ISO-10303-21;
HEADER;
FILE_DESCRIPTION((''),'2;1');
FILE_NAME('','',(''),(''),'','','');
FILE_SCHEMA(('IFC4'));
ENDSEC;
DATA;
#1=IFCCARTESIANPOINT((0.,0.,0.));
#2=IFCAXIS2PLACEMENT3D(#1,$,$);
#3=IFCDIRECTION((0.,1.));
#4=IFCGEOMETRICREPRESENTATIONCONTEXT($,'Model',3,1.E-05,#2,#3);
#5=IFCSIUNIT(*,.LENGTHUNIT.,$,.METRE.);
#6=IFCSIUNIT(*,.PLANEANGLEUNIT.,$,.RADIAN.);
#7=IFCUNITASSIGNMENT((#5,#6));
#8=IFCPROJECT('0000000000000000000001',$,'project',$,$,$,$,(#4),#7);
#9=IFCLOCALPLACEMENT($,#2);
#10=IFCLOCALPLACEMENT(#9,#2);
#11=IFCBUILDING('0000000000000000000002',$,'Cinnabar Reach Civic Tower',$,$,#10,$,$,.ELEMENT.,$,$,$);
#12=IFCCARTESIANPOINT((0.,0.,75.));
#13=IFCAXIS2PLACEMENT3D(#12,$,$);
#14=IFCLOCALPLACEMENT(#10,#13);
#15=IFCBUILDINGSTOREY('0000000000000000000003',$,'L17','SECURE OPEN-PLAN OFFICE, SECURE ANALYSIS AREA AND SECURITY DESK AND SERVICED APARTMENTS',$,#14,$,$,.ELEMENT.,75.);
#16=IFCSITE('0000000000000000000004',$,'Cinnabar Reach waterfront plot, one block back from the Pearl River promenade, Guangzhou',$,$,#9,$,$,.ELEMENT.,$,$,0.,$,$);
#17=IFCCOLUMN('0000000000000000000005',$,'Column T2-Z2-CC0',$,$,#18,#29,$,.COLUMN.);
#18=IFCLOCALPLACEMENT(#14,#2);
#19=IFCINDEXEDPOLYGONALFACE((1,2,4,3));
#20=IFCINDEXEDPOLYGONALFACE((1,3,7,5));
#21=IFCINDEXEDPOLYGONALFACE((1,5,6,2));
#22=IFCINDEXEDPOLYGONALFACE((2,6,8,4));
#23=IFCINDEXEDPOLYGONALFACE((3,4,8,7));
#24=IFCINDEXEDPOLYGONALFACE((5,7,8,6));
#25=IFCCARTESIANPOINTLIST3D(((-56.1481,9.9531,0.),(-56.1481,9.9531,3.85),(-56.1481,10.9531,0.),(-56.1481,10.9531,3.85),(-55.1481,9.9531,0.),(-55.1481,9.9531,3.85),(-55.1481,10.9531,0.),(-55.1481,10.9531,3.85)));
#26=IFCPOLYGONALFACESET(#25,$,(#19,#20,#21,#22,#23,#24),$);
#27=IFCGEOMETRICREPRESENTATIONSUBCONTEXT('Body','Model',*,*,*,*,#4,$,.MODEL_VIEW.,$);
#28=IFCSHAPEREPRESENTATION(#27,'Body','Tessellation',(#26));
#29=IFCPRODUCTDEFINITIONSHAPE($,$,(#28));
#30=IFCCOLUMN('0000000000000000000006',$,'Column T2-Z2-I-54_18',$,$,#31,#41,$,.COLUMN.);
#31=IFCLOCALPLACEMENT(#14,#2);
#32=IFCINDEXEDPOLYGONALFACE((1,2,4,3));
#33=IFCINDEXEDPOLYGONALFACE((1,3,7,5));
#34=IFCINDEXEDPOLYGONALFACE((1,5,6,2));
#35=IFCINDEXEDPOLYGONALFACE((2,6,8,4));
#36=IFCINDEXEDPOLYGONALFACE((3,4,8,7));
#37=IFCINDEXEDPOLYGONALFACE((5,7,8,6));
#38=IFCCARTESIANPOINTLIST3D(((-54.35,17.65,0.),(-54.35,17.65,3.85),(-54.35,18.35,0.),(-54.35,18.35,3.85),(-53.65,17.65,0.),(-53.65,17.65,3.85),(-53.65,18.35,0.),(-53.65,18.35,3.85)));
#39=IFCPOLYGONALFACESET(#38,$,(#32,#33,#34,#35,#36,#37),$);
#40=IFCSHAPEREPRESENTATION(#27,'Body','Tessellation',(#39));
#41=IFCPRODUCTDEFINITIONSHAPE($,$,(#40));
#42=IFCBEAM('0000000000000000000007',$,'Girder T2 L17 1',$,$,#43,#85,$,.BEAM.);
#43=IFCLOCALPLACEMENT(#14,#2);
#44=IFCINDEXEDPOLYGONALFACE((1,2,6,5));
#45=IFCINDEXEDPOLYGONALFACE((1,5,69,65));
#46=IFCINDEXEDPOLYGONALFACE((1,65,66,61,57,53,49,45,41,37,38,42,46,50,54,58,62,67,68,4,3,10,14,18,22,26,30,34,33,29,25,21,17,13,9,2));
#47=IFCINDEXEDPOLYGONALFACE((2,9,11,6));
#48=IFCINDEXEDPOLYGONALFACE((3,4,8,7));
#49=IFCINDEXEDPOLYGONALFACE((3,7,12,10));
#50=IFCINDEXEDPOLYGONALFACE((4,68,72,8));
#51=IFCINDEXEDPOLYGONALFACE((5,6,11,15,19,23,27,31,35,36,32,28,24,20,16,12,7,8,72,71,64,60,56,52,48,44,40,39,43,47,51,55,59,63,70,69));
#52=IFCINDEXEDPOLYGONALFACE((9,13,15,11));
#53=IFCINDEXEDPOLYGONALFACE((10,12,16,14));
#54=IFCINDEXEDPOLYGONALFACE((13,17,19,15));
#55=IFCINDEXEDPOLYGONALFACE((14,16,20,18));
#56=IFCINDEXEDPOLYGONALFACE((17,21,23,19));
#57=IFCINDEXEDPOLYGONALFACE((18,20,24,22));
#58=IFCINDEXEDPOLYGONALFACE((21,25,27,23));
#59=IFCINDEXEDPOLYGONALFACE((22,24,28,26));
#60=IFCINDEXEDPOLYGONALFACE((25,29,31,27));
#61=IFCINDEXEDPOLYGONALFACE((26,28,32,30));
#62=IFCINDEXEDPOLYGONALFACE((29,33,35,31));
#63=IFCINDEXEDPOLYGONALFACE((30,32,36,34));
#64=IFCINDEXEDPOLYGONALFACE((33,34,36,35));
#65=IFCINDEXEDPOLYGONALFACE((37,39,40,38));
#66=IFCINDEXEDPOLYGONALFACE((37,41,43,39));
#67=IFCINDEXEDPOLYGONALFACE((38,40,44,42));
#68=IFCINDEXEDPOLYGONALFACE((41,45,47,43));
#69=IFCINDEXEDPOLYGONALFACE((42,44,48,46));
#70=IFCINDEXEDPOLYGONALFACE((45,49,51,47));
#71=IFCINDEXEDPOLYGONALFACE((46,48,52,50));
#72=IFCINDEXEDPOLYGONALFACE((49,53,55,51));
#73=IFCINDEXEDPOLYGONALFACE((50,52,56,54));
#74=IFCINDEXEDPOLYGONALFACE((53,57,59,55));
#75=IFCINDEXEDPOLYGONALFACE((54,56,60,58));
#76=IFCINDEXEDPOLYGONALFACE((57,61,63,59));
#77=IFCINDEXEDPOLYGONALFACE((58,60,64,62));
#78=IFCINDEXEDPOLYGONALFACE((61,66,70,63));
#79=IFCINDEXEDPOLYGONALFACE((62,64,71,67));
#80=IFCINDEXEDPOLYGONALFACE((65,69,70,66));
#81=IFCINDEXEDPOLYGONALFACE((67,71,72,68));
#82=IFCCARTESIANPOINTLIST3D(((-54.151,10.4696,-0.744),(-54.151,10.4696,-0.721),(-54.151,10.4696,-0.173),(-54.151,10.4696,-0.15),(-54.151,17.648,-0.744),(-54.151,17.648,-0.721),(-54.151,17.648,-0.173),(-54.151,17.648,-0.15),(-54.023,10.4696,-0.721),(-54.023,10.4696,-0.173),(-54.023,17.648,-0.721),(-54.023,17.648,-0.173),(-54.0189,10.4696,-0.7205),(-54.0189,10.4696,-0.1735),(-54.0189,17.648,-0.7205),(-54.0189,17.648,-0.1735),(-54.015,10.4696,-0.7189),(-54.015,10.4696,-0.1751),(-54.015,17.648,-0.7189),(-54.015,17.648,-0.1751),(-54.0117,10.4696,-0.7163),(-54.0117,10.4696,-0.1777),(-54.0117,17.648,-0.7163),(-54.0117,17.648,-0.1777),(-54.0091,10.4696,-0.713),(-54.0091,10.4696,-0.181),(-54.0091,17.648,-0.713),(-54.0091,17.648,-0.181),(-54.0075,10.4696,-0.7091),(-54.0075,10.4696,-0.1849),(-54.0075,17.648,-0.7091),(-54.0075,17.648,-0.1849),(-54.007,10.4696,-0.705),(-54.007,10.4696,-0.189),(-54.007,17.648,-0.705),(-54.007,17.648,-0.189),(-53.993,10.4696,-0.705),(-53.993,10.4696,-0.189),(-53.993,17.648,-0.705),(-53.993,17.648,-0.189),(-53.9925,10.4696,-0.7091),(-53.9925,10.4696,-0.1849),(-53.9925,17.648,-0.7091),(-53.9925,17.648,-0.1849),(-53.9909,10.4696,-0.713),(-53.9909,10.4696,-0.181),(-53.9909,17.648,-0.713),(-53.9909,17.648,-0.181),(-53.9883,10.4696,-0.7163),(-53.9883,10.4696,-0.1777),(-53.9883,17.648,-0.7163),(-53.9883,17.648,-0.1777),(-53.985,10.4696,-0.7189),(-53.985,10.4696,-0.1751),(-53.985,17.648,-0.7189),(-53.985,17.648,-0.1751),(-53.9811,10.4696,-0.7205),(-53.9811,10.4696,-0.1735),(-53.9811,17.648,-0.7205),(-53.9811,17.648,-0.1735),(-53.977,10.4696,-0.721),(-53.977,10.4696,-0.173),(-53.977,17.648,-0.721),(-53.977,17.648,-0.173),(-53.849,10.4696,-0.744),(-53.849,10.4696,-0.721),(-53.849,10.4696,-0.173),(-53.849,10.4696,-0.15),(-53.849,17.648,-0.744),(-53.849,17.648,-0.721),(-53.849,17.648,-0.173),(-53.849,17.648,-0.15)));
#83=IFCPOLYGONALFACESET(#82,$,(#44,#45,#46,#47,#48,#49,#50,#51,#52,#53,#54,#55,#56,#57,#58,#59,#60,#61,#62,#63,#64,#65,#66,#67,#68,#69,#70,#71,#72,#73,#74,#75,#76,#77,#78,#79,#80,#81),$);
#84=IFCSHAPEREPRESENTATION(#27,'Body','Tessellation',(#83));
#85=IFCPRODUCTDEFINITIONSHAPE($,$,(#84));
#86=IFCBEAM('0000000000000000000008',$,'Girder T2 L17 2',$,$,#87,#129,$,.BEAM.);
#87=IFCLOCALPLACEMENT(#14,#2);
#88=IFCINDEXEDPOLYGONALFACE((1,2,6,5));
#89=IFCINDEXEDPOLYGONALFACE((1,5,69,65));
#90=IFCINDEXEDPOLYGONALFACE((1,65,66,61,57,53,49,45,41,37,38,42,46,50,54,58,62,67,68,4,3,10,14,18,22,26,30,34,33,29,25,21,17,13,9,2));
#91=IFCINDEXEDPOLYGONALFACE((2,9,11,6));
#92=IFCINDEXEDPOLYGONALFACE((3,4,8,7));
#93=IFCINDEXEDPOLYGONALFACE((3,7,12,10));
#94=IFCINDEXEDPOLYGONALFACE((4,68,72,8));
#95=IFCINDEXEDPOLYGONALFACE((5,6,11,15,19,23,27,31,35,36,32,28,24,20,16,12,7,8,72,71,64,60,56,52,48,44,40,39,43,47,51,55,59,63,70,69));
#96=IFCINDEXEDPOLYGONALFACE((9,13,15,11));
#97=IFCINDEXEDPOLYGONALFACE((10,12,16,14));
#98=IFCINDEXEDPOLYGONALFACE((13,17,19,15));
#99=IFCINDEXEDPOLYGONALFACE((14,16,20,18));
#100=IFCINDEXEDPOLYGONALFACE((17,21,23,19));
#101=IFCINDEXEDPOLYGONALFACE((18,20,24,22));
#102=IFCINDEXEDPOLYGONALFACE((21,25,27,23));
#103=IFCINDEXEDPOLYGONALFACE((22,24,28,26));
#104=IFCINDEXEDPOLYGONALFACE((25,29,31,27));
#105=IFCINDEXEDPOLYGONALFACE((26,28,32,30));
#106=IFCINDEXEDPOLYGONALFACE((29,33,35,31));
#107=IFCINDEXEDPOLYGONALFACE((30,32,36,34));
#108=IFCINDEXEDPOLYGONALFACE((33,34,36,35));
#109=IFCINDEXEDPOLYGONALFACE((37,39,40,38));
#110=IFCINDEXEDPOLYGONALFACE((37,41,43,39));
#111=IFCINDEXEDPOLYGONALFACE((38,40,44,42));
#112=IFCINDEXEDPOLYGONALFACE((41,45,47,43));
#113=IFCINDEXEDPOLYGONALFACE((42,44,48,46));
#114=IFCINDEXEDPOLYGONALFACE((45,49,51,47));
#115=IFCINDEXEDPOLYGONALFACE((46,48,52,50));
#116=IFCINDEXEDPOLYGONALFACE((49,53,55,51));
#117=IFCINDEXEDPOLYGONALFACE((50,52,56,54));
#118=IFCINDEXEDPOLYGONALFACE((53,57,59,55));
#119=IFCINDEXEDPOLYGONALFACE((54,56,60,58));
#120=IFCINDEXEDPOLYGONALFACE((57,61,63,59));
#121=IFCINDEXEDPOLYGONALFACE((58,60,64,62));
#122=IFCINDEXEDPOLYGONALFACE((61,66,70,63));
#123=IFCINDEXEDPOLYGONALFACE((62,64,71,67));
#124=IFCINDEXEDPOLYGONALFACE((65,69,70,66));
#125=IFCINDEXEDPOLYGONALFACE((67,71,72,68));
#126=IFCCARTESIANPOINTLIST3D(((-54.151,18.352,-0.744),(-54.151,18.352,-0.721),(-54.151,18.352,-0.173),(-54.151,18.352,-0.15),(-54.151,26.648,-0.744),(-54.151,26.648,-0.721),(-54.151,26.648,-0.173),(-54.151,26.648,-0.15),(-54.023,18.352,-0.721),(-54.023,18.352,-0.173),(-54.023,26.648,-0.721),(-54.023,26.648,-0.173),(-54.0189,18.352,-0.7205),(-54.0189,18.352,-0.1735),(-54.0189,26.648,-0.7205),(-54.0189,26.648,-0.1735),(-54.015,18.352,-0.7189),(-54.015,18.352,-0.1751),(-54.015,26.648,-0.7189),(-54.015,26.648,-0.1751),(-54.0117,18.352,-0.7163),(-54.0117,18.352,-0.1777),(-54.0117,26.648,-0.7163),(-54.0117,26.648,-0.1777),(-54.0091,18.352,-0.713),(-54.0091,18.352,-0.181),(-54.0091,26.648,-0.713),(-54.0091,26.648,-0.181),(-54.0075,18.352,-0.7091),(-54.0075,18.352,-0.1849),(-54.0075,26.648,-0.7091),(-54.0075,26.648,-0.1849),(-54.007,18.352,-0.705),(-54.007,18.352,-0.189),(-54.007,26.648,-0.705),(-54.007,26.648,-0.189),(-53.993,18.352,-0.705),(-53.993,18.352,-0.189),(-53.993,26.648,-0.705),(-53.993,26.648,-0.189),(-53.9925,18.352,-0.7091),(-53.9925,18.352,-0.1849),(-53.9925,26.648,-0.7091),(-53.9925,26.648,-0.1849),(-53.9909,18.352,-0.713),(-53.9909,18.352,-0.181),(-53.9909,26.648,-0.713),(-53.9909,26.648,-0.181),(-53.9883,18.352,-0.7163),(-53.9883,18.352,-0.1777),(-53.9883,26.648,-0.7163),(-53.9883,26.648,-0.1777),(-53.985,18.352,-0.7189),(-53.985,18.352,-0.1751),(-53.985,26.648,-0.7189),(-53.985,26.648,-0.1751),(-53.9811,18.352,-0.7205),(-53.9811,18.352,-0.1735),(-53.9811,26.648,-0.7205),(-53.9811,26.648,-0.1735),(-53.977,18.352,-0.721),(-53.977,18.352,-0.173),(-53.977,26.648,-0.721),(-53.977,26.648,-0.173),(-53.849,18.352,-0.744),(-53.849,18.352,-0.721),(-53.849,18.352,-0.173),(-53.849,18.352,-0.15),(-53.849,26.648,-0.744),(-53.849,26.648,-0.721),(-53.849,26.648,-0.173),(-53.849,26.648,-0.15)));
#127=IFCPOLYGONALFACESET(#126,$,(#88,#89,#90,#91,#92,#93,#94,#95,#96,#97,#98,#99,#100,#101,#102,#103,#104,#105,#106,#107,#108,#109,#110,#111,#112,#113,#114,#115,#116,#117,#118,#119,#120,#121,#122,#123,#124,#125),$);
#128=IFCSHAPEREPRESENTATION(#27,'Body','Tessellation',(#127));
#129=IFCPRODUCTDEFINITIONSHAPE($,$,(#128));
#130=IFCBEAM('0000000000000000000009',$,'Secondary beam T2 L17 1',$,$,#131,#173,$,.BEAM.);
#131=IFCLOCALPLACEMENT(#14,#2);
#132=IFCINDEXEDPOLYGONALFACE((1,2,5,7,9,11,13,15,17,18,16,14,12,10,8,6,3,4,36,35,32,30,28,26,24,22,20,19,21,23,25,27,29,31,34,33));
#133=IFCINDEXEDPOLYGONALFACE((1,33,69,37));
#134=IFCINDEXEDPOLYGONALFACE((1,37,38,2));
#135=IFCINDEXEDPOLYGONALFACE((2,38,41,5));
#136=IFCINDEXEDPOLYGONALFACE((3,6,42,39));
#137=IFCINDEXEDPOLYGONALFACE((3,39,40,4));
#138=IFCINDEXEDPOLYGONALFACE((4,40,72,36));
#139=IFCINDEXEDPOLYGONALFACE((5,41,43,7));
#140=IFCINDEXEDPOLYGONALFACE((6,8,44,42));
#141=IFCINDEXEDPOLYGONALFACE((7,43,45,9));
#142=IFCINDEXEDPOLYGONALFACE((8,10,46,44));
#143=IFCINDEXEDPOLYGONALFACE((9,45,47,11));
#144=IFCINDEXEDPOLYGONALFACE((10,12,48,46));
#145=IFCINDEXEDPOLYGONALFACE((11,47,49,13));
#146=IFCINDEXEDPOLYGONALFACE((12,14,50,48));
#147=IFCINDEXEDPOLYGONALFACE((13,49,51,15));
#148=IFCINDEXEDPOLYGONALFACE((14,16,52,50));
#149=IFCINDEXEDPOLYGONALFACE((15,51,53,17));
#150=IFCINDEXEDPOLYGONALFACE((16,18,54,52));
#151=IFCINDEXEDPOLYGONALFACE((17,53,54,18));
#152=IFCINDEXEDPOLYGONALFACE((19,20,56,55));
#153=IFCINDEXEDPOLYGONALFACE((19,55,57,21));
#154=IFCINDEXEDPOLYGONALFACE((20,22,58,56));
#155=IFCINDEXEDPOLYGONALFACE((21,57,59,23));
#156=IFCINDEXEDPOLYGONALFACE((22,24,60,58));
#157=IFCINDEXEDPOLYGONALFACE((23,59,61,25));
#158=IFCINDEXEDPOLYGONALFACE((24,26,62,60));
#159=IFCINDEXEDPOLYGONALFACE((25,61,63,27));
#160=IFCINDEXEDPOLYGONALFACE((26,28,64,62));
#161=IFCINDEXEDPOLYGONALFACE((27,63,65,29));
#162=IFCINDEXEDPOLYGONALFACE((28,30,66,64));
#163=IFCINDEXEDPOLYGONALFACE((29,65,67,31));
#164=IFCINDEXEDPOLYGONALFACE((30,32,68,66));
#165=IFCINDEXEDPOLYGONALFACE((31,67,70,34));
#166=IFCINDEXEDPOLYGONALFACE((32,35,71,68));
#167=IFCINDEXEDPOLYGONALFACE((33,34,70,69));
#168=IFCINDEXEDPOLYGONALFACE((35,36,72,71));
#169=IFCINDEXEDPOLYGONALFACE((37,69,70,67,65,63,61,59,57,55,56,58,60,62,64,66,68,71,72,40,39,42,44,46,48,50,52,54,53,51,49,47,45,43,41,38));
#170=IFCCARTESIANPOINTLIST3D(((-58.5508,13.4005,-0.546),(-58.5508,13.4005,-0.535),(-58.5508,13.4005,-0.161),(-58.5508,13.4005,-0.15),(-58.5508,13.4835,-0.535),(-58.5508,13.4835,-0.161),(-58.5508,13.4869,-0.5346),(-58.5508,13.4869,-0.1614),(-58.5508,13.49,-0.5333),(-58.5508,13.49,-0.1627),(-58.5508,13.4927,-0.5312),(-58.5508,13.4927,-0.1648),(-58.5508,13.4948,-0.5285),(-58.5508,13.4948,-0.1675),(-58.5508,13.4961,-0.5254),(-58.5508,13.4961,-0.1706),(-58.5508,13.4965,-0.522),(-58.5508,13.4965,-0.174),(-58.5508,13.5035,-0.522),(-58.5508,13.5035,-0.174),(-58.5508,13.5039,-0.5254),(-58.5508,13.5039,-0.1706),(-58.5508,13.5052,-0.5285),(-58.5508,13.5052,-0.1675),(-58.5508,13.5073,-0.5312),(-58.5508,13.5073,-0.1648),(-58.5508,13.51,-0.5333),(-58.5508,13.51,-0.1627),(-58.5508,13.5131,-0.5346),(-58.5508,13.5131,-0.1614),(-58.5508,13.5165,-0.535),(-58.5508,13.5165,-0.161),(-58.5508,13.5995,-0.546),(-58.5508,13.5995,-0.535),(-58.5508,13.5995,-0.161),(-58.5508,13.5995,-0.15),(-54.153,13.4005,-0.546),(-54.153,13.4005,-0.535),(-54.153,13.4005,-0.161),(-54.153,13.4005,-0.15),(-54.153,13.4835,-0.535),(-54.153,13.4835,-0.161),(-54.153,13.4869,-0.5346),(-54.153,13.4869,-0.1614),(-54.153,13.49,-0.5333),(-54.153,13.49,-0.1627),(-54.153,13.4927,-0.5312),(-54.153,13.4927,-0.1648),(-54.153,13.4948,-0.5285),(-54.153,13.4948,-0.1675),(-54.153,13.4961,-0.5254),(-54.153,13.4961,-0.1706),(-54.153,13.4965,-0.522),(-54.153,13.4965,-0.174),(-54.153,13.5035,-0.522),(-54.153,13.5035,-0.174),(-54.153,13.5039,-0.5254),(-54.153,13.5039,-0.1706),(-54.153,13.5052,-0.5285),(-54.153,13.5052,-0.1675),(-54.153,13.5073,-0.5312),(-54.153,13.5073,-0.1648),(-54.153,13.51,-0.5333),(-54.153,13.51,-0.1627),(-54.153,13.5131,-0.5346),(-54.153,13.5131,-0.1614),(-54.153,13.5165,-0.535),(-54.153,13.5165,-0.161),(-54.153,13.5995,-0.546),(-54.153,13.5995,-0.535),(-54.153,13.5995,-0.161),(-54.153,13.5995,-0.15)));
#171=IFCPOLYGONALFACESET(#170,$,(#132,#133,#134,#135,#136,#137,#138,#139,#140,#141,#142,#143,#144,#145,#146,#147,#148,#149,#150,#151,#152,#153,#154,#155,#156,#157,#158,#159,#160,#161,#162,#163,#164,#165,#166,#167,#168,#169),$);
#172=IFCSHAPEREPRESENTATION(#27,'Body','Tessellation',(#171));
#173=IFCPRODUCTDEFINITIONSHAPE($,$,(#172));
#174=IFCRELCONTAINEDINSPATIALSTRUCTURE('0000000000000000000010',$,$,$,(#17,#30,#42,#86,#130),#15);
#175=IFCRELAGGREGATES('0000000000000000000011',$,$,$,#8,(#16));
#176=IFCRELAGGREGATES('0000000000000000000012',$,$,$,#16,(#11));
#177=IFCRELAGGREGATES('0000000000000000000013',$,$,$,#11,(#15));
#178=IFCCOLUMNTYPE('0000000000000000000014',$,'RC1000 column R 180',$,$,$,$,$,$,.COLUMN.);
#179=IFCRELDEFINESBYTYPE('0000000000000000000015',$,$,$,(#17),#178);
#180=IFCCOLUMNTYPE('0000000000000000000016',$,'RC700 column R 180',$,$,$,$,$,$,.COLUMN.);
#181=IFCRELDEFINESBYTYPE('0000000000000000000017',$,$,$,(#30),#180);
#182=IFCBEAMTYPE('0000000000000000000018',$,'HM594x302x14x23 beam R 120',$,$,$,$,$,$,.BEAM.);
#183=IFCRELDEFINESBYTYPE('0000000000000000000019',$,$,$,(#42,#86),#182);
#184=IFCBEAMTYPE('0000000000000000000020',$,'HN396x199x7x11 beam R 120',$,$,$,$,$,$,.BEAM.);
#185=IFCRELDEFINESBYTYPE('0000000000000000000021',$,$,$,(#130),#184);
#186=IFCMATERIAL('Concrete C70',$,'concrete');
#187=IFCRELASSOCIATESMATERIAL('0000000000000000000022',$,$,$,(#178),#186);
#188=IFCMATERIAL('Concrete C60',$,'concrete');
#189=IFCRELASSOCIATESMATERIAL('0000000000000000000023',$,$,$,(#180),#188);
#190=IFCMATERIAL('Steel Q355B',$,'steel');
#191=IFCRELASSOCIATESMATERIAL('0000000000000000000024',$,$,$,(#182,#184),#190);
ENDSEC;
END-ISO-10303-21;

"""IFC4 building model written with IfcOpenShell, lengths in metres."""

from ifc_helpers import new_model, si_unit, direction, frame, origin, origin_2d, place, context, subcontext, project, spatial, rectangle, i_section, extrude, material, material_profile, profile_set, type_object, element, save


model = new_model("IFC4")

# Units and contexts
model_context = context("Model", 3, precision=1e-05, world=origin(), true_north=direction((0.0, 1.0)))
body_context = subcontext(model_context, "Body", "Model", "MODEL_VIEW")
ifc_project = project(units=[si_unit("LENGTHUNIT", "METRE"), si_unit("PLANEANGLEUNIT", "RADIAN")], contexts=[model_context])

# Site, building, storey
site_placement = place(None, origin())
site = spatial("IfcSite", under=ifc_project, at=site_placement, Name="Cinnabar Reach waterfront plot, one block back from the Pearl River promenade, Guangzhou", CompositionType="ELEMENT", RefElevation=0.0)
building_placement = place(site_placement, origin())
building = spatial("IfcBuilding", under=site, at=building_placement, Name="Cinnabar Reach Civic Tower", CompositionType="ELEMENT")
storey_placement = place(building_placement, frame((0.0, 0.0, 75.0)))
storey = spatial("IfcBuildingStorey", under=building, at=storey_placement, Name="L17", Description="SECURE OPEN-PLAN OFFICE, SECURE ANALYSIS AREA AND SECURITY DESK AND SERVICED APARTMENTS", CompositionType="ELEMENT", Elevation=75.0)

# Columns
ifc_material_1 = material(Name="Concrete C70", Category="concrete")
ifc_material_profile_1 = material_profile(ifc_material_1, rectangle(XDim=1.0, YDim=1.0, at=origin_2d()), Name="RC1000")
ifc_profile_set_1 = profile_set([ifc_material_profile_1], Name="Concrete C70")
column_type_1 = type_object("IfcColumnType", Name="RC1000 column R 180", PredefinedType="COLUMN", material=ifc_profile_set_1)
column_1_placement = place(storey_placement, frame((-55.6481, 10.4531, 0.0), z_axis=(0.0, 0.0, 1.0), x_axis=(1.0, 0.0, 0.0)))
element("IfcColumn", 1, at=column_1_placement, inside=storey, type_object=column_type_1, Name="Column T2-Z2-CC0", PredefinedType="COLUMN", context=body_context, shape_type="SweptSolid", body=[
    extrude(rectangle(XDim=1.0, YDim=1.0, at=origin_2d()), origin(), (0.0, 0.0, 1.0), 3.85),
])
ifc_material_2 = material(Name="Concrete C60", Category="concrete")
ifc_material_profile_2 = material_profile(ifc_material_2, rectangle(XDim=0.7, YDim=0.7, at=origin_2d()), Name="RC700")
ifc_profile_set_2 = profile_set([ifc_material_profile_2], Name="Concrete C60")
column_type_2 = type_object("IfcColumnType", Name="RC700 column R 180", PredefinedType="COLUMN", material=ifc_profile_set_2)
column_2_placement = place(storey_placement, frame((-54.0, 18.0, 0.0), z_axis=(0.0, 0.0, 1.0), x_axis=(1.0, 0.0, 0.0)))
element("IfcColumn", 2, at=column_2_placement, inside=storey, type_object=column_type_2, Name="Column T2-Z2-I-54_18", PredefinedType="COLUMN", context=body_context, shape_type="SweptSolid", body=[
    extrude(rectangle(XDim=0.7, YDim=0.7, at=origin_2d()), origin(), (0.0, 0.0, 1.0), 3.85),
])

# Beams
ifc_material_3 = material(Name="Steel Q355B", Category="steel")
ifc_material_profile_3 = material_profile(ifc_material_3, i_section(OverallWidth=0.302, OverallDepth=0.594, WebThickness=0.014, FlangeThickness=0.023, FilletRadius=0.016, at=origin_2d()), Name="HM594x302x14x23")
ifc_profile_set_3 = profile_set([ifc_material_profile_3], Name="Steel Q355B")
beam_type_1 = type_object("IfcBeamType", Name="HM594x302x14x23 beam R 120", PredefinedType="BEAM", material=ifc_profile_set_3)
beam_1_placement = place(storey_placement, frame((-54.0, 10.4696, -0.447), z_axis=(0.0, 1.0, 0.0), x_axis=(-1.0, 0.0, 0.0)))
element("IfcBeam", 3, at=beam_1_placement, inside=storey, type_object=beam_type_1, Name="Girder T2 L17 1", PredefinedType="BEAM", context=body_context, shape_type="SweptSolid", body=[
    extrude(i_section(OverallWidth=0.302, OverallDepth=0.594, WebThickness=0.014, FlangeThickness=0.023, FilletRadius=0.016, at=origin_2d()), origin(), (0.0, 0.0, 1.0), 7.1784),
])
beam_2_placement = place(storey_placement, frame((-54.0, 18.352, -0.447), z_axis=(0.0, 1.0, 0.0), x_axis=(-1.0, 0.0, 0.0)))
element("IfcBeam", 4, at=beam_2_placement, inside=storey, type_object=beam_type_1, Name="Girder T2 L17 2", PredefinedType="BEAM", context=body_context, shape_type="SweptSolid", body=[
    extrude(i_section(OverallWidth=0.302, OverallDepth=0.594, WebThickness=0.014, FlangeThickness=0.023, FilletRadius=0.016, at=origin_2d()), origin(), (0.0, 0.0, 1.0), 8.296),
])
ifc_material_profile_4 = material_profile(ifc_material_3, i_section(OverallWidth=0.199, OverallDepth=0.396, WebThickness=0.007, FlangeThickness=0.011, FilletRadius=0.013, at=origin_2d()), Name="HN396x199x7x11")
ifc_profile_set_4 = profile_set([ifc_material_profile_4], Name="Steel Q355B")
beam_type_2 = type_object("IfcBeamType", Name="HN396x199x7x11 beam R 120", PredefinedType="BEAM", material=ifc_profile_set_4)
beam_3_placement = place(storey_placement, frame((-58.5508, 13.5, -0.348), z_axis=(1.0, 0.0, 0.0), x_axis=(0.0, 1.0, 0.0)))
element("IfcBeam", 5, at=beam_3_placement, inside=storey, type_object=beam_type_2, Name="Secondary beam T2 L17 1", PredefinedType="BEAM", context=body_context, shape_type="SweptSolid", body=[
    extrude(i_section(OverallWidth=0.199, OverallDepth=0.396, WebThickness=0.007, FlangeThickness=0.011, FilletRadius=0.013, at=origin_2d()), origin(), (0.0, 0.0, 1.0), 4.3978),
])

save(model, "model.ifc")
